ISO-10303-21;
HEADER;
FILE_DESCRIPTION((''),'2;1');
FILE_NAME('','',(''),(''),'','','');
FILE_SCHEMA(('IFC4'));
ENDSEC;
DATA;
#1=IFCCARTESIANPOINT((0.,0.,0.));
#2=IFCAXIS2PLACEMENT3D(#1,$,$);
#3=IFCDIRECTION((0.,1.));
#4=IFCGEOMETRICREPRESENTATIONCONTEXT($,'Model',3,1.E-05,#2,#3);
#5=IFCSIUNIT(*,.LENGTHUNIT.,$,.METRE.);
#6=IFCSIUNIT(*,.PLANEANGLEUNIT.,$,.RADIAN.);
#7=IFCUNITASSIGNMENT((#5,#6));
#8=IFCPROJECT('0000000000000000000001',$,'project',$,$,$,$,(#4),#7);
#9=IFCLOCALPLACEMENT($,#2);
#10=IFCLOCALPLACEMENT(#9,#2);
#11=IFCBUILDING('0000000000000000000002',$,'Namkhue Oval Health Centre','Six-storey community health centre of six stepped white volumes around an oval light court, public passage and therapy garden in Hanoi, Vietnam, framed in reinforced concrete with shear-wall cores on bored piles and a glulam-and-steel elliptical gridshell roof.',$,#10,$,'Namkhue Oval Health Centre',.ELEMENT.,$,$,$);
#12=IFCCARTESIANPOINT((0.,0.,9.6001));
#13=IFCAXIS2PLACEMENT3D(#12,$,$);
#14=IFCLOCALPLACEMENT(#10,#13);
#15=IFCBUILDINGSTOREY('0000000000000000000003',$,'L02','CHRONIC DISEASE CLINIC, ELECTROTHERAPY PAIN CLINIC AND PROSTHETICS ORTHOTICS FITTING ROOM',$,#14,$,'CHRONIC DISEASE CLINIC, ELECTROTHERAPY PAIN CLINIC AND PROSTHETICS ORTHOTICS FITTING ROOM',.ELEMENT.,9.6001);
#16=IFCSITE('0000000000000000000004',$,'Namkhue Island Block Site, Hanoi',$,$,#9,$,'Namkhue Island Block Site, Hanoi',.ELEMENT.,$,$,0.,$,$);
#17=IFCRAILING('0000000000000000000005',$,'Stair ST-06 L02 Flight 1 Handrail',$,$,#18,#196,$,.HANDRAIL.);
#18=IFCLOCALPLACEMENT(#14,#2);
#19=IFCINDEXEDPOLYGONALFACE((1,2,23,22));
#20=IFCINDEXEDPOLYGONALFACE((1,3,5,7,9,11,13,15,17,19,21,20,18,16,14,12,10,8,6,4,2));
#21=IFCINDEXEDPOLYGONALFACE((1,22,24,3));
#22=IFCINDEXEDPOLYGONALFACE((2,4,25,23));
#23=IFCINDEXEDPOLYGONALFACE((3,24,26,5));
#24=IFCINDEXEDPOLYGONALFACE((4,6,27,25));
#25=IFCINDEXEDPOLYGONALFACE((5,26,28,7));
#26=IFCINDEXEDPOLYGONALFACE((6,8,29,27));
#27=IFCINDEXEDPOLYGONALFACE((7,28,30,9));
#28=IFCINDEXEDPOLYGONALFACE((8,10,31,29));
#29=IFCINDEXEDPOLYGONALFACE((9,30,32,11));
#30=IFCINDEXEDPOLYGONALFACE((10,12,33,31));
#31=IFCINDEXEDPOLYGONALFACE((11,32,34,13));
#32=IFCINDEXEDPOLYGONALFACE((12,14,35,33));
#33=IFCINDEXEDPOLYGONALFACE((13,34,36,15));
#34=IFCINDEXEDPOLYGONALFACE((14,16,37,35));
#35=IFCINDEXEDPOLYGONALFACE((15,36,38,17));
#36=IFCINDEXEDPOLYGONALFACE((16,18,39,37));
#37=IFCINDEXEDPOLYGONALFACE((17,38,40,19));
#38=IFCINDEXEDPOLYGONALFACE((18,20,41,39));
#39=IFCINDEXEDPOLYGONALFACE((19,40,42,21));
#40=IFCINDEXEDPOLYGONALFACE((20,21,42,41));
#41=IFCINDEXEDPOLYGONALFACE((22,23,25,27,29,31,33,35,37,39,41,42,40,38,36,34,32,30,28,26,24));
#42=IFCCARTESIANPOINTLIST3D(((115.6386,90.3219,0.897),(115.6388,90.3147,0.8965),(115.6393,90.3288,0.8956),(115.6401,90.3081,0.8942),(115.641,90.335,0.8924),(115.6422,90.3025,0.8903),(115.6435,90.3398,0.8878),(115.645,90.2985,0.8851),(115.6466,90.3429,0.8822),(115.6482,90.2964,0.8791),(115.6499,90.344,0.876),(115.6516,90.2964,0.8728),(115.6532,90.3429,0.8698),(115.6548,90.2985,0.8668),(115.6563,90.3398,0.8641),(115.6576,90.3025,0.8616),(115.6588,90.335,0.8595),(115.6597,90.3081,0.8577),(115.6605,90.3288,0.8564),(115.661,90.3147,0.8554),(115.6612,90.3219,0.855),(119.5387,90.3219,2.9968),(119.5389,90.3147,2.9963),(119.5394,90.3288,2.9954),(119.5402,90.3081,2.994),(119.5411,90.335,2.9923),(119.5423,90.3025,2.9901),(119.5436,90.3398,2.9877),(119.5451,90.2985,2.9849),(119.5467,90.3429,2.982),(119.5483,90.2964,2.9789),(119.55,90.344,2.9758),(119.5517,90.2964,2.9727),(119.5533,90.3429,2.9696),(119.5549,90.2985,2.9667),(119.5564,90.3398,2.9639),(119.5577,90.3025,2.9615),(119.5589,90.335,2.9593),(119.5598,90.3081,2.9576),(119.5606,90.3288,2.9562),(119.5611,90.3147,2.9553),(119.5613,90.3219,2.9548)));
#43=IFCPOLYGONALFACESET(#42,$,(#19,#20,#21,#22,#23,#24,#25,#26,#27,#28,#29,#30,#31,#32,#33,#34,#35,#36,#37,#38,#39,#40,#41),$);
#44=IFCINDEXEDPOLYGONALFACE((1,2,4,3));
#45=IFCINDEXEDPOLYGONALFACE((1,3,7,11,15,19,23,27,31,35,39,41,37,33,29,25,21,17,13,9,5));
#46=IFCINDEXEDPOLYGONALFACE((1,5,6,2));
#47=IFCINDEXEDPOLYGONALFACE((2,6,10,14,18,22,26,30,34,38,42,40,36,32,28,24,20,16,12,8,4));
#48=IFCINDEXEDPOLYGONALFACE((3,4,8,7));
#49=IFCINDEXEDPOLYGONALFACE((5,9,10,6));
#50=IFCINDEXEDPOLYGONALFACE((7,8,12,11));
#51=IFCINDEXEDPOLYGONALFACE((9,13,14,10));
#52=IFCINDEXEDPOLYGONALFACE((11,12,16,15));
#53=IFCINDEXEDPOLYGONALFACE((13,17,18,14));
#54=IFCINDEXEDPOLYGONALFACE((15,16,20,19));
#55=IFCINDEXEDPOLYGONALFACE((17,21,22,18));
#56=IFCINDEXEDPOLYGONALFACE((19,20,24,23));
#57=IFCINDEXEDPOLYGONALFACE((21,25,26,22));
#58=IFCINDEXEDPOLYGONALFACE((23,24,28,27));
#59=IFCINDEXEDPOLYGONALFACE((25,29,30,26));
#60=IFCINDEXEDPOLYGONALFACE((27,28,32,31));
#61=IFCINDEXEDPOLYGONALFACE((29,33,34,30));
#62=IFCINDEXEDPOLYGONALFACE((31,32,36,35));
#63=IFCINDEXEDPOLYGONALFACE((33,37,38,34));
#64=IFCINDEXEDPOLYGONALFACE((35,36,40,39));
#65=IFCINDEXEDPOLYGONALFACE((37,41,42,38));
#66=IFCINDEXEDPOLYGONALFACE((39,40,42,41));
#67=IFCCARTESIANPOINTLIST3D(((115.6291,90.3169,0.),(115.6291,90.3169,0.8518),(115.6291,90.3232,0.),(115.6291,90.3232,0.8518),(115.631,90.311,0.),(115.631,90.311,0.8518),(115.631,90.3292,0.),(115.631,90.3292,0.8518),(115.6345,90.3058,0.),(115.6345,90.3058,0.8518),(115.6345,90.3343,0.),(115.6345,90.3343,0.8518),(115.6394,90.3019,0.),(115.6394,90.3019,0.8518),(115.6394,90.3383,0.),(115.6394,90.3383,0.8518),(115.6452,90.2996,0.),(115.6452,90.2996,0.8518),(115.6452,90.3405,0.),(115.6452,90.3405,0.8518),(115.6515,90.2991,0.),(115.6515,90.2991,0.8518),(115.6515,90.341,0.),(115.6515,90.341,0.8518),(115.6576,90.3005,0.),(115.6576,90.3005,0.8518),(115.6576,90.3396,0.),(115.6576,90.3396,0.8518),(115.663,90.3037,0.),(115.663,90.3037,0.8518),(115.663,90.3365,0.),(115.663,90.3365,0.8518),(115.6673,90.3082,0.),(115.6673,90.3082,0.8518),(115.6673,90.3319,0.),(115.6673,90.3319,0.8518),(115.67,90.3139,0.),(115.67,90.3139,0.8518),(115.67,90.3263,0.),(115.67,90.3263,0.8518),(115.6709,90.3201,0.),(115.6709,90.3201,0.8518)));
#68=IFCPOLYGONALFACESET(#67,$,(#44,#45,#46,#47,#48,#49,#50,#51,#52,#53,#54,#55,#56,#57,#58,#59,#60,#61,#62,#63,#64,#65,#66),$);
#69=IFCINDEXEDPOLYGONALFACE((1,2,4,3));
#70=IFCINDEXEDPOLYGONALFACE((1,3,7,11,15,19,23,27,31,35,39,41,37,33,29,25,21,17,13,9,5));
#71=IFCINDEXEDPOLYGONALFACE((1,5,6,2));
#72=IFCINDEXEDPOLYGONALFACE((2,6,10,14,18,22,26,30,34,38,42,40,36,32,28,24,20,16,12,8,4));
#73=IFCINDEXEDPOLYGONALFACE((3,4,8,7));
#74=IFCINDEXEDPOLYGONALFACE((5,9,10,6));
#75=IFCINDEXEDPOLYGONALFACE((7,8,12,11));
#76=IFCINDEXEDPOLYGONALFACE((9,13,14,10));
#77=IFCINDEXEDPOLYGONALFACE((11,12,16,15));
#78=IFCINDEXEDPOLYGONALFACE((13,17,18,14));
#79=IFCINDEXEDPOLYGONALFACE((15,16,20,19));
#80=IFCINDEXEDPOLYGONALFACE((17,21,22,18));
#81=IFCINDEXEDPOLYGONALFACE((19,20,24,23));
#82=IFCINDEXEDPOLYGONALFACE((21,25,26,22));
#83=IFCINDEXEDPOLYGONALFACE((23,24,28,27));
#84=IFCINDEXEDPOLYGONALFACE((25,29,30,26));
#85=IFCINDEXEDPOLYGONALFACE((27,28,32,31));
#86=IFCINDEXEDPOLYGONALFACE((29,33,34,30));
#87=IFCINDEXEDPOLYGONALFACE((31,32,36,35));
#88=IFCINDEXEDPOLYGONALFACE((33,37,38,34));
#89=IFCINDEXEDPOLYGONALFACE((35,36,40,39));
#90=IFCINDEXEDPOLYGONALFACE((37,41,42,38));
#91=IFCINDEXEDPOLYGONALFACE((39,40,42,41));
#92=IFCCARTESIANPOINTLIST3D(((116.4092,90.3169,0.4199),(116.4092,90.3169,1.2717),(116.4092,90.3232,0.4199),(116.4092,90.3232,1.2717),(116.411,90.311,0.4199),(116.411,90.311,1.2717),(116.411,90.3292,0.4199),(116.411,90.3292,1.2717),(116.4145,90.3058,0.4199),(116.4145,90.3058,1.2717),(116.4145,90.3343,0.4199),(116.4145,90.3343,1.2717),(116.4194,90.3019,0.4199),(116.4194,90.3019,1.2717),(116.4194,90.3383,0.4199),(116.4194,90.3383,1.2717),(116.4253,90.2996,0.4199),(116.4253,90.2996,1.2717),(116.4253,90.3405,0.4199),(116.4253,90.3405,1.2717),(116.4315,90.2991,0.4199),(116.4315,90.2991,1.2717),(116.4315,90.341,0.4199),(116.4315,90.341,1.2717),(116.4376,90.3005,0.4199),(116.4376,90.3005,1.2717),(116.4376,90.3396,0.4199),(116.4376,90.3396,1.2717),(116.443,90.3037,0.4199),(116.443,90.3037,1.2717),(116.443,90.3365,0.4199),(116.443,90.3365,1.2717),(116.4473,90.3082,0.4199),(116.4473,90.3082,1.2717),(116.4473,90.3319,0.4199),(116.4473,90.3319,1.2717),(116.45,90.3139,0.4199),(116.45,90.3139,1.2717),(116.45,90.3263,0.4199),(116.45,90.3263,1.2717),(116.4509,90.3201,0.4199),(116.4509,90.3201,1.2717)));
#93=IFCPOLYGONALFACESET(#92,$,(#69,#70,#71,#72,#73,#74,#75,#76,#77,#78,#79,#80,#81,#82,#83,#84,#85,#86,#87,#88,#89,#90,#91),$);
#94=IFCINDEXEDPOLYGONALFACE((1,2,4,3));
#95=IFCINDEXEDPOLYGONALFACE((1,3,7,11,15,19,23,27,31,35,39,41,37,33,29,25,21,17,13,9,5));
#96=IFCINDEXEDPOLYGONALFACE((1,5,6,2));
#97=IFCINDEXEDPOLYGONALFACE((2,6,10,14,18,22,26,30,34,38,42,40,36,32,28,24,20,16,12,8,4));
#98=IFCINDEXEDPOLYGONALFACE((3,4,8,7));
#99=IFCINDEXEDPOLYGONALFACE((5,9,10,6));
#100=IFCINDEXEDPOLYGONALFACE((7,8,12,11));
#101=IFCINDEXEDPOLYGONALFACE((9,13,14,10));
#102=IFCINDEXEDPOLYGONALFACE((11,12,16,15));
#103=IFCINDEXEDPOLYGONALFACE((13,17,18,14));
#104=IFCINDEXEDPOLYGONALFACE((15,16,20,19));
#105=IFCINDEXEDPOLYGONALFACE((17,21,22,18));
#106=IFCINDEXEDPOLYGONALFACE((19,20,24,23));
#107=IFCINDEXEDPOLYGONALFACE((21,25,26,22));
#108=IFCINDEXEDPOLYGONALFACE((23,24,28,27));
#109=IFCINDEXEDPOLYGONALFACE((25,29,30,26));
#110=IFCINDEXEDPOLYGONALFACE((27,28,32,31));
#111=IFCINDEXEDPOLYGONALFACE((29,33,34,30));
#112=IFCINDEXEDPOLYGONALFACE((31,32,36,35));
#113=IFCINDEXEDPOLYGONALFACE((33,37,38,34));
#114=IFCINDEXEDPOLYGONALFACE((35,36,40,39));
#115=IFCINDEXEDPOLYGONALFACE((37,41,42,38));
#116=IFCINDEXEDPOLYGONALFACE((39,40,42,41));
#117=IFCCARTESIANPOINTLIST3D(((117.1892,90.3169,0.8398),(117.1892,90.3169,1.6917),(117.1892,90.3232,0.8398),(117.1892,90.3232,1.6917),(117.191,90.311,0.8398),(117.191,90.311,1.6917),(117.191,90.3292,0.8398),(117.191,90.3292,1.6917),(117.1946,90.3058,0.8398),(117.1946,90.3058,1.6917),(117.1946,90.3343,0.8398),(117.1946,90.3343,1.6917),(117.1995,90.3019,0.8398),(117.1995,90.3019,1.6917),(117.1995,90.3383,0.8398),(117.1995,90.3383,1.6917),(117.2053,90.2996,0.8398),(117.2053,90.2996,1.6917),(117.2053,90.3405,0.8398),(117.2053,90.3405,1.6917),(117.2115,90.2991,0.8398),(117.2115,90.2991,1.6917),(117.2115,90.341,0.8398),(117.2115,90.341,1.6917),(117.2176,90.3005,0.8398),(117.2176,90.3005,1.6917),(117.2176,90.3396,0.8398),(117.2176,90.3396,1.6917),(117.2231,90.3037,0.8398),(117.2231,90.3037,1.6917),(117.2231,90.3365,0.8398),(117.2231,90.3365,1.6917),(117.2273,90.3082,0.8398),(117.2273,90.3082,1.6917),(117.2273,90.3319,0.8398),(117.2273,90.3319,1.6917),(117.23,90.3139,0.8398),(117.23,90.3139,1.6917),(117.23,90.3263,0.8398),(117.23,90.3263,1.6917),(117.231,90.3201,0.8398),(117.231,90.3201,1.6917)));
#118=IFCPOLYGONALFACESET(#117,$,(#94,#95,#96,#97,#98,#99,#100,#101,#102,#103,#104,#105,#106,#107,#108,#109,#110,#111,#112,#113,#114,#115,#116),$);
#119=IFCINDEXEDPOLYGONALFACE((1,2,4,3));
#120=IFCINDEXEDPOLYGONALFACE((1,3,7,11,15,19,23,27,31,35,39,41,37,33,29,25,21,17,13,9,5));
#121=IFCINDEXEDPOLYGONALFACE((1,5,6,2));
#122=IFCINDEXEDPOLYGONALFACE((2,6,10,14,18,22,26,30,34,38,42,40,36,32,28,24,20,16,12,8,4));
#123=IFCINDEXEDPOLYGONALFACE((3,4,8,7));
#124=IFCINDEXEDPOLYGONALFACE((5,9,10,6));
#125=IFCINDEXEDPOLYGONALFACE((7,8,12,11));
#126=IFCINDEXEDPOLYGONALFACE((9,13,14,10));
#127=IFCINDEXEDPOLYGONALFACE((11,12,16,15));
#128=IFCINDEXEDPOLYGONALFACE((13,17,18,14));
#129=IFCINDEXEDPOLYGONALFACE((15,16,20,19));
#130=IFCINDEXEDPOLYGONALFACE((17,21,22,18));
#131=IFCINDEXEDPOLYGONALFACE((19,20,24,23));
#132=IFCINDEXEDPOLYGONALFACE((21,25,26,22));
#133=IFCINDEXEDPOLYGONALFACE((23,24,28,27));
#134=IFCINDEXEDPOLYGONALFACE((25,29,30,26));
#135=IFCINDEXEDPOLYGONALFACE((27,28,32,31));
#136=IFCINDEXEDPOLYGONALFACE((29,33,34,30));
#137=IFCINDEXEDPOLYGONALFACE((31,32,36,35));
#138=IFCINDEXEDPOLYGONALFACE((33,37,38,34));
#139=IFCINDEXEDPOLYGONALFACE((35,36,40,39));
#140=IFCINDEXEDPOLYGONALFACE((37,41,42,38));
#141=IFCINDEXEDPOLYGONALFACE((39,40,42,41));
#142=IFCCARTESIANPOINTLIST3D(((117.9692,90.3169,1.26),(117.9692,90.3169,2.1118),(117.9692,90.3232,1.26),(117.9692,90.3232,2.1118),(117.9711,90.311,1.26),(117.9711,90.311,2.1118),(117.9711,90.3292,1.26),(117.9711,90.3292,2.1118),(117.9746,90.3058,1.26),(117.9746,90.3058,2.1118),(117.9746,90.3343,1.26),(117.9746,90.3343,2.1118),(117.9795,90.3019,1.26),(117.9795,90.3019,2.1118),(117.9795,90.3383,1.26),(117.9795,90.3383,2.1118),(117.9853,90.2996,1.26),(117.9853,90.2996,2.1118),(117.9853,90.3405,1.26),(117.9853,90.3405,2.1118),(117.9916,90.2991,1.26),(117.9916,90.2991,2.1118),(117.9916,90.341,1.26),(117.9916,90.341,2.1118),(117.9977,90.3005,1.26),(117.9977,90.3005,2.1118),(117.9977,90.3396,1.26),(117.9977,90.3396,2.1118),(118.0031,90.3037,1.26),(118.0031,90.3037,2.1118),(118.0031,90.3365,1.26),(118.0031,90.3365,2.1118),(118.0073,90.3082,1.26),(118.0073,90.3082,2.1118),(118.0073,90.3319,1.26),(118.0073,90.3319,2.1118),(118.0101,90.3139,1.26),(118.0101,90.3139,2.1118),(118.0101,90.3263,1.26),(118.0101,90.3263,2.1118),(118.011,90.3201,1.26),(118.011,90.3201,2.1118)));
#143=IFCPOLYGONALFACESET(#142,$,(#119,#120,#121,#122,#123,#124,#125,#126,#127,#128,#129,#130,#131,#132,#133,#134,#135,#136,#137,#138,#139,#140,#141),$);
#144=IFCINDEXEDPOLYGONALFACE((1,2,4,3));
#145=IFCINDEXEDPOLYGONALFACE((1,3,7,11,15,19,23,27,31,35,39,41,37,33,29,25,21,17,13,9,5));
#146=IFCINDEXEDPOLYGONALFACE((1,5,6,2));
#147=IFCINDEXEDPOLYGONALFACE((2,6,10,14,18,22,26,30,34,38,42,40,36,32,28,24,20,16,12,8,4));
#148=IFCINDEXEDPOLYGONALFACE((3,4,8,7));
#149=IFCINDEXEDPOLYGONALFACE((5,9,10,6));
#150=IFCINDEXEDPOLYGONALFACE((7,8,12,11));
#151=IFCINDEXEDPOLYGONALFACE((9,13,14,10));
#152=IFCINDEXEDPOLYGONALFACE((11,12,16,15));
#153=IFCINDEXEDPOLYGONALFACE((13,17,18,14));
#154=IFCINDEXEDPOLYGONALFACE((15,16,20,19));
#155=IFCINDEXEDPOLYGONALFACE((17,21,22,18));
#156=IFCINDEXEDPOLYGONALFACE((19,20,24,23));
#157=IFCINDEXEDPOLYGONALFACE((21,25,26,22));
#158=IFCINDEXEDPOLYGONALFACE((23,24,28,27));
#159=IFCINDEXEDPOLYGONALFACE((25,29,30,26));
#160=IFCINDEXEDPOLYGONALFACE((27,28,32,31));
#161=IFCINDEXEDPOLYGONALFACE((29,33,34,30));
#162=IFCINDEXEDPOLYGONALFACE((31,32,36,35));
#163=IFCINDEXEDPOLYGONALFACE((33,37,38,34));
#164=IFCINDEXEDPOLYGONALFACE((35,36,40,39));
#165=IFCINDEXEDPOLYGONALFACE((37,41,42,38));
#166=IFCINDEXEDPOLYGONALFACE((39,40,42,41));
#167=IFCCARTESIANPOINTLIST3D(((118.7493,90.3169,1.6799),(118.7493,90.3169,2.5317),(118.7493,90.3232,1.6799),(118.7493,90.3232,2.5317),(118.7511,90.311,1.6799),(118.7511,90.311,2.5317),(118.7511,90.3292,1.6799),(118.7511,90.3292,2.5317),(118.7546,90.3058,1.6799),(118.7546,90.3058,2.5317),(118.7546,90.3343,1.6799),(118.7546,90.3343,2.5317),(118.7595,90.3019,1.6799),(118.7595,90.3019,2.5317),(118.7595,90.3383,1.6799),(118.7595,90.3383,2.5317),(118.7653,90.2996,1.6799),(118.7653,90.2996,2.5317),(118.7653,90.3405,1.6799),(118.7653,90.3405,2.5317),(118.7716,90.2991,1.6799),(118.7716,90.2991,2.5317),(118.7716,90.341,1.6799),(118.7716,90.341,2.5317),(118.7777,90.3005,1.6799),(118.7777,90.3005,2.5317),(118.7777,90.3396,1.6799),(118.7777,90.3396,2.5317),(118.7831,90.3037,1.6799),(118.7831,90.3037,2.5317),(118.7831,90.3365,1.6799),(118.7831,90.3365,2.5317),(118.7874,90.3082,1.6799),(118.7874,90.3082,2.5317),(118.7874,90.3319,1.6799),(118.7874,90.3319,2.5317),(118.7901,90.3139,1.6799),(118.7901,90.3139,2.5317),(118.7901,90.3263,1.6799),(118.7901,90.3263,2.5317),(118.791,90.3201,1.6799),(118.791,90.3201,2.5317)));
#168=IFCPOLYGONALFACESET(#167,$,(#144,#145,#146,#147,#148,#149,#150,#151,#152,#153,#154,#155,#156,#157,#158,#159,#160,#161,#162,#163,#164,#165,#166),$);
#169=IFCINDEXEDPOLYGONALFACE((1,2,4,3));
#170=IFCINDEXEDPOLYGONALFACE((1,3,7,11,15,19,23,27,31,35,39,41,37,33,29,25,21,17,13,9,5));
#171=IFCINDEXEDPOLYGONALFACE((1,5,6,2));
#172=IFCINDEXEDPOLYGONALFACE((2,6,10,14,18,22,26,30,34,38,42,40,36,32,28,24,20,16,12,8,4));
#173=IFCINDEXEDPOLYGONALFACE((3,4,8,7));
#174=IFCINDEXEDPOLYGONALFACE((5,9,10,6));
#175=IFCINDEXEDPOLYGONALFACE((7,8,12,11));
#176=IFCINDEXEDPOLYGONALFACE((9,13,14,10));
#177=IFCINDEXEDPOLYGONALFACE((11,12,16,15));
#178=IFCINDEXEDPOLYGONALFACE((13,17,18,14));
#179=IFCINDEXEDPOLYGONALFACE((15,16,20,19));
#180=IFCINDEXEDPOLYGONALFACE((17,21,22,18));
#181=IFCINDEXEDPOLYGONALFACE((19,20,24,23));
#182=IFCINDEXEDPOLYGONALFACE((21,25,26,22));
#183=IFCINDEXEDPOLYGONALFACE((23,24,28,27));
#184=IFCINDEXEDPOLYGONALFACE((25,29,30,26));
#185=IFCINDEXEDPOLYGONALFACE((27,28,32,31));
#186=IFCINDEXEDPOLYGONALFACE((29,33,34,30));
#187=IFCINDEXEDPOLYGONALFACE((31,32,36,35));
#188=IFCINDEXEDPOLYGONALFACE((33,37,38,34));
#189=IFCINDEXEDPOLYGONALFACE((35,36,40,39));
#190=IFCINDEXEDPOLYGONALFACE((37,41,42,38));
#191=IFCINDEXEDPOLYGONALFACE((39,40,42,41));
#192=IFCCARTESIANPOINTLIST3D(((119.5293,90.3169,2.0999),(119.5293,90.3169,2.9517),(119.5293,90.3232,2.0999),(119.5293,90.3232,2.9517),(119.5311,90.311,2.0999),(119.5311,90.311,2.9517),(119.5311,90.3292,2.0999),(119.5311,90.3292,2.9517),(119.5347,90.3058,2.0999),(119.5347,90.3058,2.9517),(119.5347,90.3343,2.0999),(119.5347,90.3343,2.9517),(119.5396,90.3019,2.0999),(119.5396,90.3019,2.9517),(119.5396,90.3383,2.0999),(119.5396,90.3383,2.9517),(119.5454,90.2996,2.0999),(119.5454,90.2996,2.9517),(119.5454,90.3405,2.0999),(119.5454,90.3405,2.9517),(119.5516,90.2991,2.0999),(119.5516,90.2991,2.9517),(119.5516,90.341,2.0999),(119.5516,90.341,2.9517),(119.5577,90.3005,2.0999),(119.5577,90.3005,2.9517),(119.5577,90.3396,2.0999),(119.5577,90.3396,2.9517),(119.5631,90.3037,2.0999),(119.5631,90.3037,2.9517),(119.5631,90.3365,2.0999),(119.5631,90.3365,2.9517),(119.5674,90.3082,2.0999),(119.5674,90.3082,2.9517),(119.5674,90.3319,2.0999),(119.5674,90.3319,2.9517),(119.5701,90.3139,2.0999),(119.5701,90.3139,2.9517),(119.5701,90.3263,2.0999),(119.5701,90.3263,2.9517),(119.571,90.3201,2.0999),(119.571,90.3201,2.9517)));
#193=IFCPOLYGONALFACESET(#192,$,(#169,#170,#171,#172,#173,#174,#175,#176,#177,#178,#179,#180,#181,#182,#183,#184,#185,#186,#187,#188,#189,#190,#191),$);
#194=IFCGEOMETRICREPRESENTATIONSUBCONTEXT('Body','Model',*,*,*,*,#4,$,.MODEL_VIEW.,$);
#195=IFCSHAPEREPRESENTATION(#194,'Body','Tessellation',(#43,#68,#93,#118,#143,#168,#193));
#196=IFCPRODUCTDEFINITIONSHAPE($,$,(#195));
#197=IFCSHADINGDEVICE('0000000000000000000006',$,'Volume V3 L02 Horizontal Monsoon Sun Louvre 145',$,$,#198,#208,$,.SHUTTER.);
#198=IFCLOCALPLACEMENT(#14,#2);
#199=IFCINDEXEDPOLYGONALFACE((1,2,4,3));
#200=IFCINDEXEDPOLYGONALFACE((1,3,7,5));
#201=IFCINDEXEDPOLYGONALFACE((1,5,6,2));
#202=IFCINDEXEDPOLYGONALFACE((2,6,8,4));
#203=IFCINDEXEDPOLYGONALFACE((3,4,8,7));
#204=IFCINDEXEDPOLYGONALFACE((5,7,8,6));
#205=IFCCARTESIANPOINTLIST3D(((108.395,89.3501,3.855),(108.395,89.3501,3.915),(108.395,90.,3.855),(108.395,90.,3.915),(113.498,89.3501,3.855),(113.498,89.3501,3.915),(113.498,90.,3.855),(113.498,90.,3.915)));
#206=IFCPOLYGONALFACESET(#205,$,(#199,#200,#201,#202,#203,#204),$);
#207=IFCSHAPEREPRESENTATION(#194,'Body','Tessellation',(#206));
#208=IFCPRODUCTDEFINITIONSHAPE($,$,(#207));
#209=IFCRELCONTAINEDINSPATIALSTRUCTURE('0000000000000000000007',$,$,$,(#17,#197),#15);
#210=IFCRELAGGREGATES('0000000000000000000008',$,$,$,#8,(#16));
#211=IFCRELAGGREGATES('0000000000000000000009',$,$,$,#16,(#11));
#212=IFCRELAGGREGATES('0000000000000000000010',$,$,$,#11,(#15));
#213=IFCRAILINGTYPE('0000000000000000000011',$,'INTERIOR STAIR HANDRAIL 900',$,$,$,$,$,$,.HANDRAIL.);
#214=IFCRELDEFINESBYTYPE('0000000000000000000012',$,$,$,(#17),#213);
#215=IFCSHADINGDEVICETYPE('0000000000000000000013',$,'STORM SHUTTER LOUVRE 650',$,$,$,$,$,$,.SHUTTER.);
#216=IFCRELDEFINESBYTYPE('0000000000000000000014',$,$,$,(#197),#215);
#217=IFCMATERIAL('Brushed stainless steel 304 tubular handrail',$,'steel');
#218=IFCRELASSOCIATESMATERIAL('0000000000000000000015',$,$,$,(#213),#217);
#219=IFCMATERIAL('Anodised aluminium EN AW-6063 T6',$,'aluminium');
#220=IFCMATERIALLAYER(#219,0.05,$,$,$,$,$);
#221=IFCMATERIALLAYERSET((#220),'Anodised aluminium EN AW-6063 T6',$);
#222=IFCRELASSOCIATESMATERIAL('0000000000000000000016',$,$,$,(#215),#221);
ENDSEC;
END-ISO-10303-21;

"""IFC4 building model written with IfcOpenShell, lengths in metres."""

from ifc_helpers import new_model, si_unit, direction, frame, origin, origin_2d, place, context, subcontext, project, spatial, rectangle, circle, extrude, material, layer, layer_set, type_object, element, save


model = new_model("IFC4")

# Units and contexts
model_context = context("Model", 3, precision=1e-05, world=origin(), true_north=direction((0.0, 1.0)))
body_context = subcontext(model_context, "Body", "Model", "MODEL_VIEW")
ifc_project = project(units=[si_unit("LENGTHUNIT", "METRE"), si_unit("PLANEANGLEUNIT", "RADIAN")], contexts=[model_context])

# Site, building, storey
site_placement = place(None, origin())
site = spatial("IfcSite", under=ifc_project, at=site_placement, Name="Namkhue Island Block Site, Hanoi", LongName="Namkhue Island Block Site, Hanoi", CompositionType="ELEMENT", RefElevation=0.0)
building_placement = place(site_placement, origin())
building = spatial("IfcBuilding", under=site, at=building_placement, Name="Namkhue Oval Health Centre", Description="Six-storey community health centre of six stepped white volumes around an oval light court, public passage and therapy garden in Hanoi, Vietnam, framed in reinforced concrete with shear-wall cores on bored piles and a glulam-and-steel elliptical gridshell roof.", LongName="Namkhue Oval Health Centre", CompositionType="ELEMENT")
storey_placement = place(building_placement, frame((0.0, 0.0, 9.6001)))
storey = spatial("IfcBuildingStorey", under=building, at=storey_placement, Name="L02", Description="CHRONIC DISEASE CLINIC, ELECTROTHERAPY PAIN CLINIC AND PROSTHETICS ORTHOTICS FITTING ROOM", LongName="CHRONIC DISEASE CLINIC, ELECTROTHERAPY PAIN CLINIC AND PROSTHETICS ORTHOTICS FITTING ROOM", CompositionType="ELEMENT", Elevation=9.6001)

# Shared definitions
ifc_material_1 = material(Name="Anodised aluminium EN AW-6063 T6", Category="aluminium")

# Railing
ifc_material_2 = material(Name="Brushed stainless steel 304 tubular handrail", Category="steel")
railing_type_1 = type_object("IfcRailingType", Name="INTERIOR STAIR HANDRAIL 900", PredefinedType="HANDRAIL", material=ifc_material_2)
railing_1_placement = place(storey_placement, frame((115.6499, 90.3201, 0.0)))
element("IfcRailing", 1, at=railing_1_placement, inside=storey, type_object=railing_type_1, Name="Stair ST-06 L02 Flight 1 Handrail", PredefinedType="HANDRAIL", context=body_context, shape_type="SweptSolid", body=[
    extrude(circle(Radius=0.0239, at=origin_2d()), frame((0.0, 0.0, 0.876), z_axis=(0.880492, 0.0, 0.47406), x_axis=(0.0, 1.0, 0.0)), (0.0, 0.0, 1.0), 4.4294),
    extrude(circle(Radius=0.021, at=origin_2d()), origin(), (0.0, 0.0, 1.0), 0.8518),
    extrude(circle(Radius=0.021, at=origin_2d()), frame((0.78, 0.0, 0.4199)), (0.0, 0.0, 1.0), 0.8518),
    extrude(circle(Radius=0.021, at=origin_2d()), frame((1.5601, 0.0, 0.8398)), (0.0, 0.0, 1.0), 0.8518),
    extrude(circle(Radius=0.021, at=origin_2d()), frame((2.3401, 0.0, 1.26)), (0.0, 0.0, 1.0), 0.8518),
    extrude(circle(Radius=0.021, at=origin_2d()), frame((3.1201, 0.0, 1.6799)), (0.0, 0.0, 1.0), 0.8518),
    extrude(circle(Radius=0.021, at=origin_2d()), frame((3.9001, 0.0, 2.0999)), (0.0, 0.0, 1.0), 0.8518),
])

# Shading device
ifc_layer_1 = layer(ifc_material_1, 0.05)
ifc_layer_set_1 = layer_set([ifc_layer_1], Name="Anodised aluminium EN AW-6063 T6")
shading_device_type = type_object("IfcShadingDeviceType", Name="STORM SHUTTER LOUVRE 650", PredefinedType="SHUTTER", material=ifc_layer_set_1)
shading_device_placement = place(storey_placement, frame((110.9465, 89.675, 3.855), z_axis=(0.0, 0.0, 1.0), x_axis=(1.0, 0.0, 0.0)))
element("IfcShadingDevice", 2, at=shading_device_placement, inside=storey, type_object=shading_device_type, Name="Volume V3 L02 Horizontal Monsoon Sun Louvre 145", PredefinedType="SHUTTER", context=body_context, shape_type="SweptSolid", body=[
    extrude(rectangle(XDim=5.103, YDim=0.6499, at=origin_2d()), origin(), (0.0, 0.0, 1.0), 0.0601),
])

save(model, "model.ifc")
